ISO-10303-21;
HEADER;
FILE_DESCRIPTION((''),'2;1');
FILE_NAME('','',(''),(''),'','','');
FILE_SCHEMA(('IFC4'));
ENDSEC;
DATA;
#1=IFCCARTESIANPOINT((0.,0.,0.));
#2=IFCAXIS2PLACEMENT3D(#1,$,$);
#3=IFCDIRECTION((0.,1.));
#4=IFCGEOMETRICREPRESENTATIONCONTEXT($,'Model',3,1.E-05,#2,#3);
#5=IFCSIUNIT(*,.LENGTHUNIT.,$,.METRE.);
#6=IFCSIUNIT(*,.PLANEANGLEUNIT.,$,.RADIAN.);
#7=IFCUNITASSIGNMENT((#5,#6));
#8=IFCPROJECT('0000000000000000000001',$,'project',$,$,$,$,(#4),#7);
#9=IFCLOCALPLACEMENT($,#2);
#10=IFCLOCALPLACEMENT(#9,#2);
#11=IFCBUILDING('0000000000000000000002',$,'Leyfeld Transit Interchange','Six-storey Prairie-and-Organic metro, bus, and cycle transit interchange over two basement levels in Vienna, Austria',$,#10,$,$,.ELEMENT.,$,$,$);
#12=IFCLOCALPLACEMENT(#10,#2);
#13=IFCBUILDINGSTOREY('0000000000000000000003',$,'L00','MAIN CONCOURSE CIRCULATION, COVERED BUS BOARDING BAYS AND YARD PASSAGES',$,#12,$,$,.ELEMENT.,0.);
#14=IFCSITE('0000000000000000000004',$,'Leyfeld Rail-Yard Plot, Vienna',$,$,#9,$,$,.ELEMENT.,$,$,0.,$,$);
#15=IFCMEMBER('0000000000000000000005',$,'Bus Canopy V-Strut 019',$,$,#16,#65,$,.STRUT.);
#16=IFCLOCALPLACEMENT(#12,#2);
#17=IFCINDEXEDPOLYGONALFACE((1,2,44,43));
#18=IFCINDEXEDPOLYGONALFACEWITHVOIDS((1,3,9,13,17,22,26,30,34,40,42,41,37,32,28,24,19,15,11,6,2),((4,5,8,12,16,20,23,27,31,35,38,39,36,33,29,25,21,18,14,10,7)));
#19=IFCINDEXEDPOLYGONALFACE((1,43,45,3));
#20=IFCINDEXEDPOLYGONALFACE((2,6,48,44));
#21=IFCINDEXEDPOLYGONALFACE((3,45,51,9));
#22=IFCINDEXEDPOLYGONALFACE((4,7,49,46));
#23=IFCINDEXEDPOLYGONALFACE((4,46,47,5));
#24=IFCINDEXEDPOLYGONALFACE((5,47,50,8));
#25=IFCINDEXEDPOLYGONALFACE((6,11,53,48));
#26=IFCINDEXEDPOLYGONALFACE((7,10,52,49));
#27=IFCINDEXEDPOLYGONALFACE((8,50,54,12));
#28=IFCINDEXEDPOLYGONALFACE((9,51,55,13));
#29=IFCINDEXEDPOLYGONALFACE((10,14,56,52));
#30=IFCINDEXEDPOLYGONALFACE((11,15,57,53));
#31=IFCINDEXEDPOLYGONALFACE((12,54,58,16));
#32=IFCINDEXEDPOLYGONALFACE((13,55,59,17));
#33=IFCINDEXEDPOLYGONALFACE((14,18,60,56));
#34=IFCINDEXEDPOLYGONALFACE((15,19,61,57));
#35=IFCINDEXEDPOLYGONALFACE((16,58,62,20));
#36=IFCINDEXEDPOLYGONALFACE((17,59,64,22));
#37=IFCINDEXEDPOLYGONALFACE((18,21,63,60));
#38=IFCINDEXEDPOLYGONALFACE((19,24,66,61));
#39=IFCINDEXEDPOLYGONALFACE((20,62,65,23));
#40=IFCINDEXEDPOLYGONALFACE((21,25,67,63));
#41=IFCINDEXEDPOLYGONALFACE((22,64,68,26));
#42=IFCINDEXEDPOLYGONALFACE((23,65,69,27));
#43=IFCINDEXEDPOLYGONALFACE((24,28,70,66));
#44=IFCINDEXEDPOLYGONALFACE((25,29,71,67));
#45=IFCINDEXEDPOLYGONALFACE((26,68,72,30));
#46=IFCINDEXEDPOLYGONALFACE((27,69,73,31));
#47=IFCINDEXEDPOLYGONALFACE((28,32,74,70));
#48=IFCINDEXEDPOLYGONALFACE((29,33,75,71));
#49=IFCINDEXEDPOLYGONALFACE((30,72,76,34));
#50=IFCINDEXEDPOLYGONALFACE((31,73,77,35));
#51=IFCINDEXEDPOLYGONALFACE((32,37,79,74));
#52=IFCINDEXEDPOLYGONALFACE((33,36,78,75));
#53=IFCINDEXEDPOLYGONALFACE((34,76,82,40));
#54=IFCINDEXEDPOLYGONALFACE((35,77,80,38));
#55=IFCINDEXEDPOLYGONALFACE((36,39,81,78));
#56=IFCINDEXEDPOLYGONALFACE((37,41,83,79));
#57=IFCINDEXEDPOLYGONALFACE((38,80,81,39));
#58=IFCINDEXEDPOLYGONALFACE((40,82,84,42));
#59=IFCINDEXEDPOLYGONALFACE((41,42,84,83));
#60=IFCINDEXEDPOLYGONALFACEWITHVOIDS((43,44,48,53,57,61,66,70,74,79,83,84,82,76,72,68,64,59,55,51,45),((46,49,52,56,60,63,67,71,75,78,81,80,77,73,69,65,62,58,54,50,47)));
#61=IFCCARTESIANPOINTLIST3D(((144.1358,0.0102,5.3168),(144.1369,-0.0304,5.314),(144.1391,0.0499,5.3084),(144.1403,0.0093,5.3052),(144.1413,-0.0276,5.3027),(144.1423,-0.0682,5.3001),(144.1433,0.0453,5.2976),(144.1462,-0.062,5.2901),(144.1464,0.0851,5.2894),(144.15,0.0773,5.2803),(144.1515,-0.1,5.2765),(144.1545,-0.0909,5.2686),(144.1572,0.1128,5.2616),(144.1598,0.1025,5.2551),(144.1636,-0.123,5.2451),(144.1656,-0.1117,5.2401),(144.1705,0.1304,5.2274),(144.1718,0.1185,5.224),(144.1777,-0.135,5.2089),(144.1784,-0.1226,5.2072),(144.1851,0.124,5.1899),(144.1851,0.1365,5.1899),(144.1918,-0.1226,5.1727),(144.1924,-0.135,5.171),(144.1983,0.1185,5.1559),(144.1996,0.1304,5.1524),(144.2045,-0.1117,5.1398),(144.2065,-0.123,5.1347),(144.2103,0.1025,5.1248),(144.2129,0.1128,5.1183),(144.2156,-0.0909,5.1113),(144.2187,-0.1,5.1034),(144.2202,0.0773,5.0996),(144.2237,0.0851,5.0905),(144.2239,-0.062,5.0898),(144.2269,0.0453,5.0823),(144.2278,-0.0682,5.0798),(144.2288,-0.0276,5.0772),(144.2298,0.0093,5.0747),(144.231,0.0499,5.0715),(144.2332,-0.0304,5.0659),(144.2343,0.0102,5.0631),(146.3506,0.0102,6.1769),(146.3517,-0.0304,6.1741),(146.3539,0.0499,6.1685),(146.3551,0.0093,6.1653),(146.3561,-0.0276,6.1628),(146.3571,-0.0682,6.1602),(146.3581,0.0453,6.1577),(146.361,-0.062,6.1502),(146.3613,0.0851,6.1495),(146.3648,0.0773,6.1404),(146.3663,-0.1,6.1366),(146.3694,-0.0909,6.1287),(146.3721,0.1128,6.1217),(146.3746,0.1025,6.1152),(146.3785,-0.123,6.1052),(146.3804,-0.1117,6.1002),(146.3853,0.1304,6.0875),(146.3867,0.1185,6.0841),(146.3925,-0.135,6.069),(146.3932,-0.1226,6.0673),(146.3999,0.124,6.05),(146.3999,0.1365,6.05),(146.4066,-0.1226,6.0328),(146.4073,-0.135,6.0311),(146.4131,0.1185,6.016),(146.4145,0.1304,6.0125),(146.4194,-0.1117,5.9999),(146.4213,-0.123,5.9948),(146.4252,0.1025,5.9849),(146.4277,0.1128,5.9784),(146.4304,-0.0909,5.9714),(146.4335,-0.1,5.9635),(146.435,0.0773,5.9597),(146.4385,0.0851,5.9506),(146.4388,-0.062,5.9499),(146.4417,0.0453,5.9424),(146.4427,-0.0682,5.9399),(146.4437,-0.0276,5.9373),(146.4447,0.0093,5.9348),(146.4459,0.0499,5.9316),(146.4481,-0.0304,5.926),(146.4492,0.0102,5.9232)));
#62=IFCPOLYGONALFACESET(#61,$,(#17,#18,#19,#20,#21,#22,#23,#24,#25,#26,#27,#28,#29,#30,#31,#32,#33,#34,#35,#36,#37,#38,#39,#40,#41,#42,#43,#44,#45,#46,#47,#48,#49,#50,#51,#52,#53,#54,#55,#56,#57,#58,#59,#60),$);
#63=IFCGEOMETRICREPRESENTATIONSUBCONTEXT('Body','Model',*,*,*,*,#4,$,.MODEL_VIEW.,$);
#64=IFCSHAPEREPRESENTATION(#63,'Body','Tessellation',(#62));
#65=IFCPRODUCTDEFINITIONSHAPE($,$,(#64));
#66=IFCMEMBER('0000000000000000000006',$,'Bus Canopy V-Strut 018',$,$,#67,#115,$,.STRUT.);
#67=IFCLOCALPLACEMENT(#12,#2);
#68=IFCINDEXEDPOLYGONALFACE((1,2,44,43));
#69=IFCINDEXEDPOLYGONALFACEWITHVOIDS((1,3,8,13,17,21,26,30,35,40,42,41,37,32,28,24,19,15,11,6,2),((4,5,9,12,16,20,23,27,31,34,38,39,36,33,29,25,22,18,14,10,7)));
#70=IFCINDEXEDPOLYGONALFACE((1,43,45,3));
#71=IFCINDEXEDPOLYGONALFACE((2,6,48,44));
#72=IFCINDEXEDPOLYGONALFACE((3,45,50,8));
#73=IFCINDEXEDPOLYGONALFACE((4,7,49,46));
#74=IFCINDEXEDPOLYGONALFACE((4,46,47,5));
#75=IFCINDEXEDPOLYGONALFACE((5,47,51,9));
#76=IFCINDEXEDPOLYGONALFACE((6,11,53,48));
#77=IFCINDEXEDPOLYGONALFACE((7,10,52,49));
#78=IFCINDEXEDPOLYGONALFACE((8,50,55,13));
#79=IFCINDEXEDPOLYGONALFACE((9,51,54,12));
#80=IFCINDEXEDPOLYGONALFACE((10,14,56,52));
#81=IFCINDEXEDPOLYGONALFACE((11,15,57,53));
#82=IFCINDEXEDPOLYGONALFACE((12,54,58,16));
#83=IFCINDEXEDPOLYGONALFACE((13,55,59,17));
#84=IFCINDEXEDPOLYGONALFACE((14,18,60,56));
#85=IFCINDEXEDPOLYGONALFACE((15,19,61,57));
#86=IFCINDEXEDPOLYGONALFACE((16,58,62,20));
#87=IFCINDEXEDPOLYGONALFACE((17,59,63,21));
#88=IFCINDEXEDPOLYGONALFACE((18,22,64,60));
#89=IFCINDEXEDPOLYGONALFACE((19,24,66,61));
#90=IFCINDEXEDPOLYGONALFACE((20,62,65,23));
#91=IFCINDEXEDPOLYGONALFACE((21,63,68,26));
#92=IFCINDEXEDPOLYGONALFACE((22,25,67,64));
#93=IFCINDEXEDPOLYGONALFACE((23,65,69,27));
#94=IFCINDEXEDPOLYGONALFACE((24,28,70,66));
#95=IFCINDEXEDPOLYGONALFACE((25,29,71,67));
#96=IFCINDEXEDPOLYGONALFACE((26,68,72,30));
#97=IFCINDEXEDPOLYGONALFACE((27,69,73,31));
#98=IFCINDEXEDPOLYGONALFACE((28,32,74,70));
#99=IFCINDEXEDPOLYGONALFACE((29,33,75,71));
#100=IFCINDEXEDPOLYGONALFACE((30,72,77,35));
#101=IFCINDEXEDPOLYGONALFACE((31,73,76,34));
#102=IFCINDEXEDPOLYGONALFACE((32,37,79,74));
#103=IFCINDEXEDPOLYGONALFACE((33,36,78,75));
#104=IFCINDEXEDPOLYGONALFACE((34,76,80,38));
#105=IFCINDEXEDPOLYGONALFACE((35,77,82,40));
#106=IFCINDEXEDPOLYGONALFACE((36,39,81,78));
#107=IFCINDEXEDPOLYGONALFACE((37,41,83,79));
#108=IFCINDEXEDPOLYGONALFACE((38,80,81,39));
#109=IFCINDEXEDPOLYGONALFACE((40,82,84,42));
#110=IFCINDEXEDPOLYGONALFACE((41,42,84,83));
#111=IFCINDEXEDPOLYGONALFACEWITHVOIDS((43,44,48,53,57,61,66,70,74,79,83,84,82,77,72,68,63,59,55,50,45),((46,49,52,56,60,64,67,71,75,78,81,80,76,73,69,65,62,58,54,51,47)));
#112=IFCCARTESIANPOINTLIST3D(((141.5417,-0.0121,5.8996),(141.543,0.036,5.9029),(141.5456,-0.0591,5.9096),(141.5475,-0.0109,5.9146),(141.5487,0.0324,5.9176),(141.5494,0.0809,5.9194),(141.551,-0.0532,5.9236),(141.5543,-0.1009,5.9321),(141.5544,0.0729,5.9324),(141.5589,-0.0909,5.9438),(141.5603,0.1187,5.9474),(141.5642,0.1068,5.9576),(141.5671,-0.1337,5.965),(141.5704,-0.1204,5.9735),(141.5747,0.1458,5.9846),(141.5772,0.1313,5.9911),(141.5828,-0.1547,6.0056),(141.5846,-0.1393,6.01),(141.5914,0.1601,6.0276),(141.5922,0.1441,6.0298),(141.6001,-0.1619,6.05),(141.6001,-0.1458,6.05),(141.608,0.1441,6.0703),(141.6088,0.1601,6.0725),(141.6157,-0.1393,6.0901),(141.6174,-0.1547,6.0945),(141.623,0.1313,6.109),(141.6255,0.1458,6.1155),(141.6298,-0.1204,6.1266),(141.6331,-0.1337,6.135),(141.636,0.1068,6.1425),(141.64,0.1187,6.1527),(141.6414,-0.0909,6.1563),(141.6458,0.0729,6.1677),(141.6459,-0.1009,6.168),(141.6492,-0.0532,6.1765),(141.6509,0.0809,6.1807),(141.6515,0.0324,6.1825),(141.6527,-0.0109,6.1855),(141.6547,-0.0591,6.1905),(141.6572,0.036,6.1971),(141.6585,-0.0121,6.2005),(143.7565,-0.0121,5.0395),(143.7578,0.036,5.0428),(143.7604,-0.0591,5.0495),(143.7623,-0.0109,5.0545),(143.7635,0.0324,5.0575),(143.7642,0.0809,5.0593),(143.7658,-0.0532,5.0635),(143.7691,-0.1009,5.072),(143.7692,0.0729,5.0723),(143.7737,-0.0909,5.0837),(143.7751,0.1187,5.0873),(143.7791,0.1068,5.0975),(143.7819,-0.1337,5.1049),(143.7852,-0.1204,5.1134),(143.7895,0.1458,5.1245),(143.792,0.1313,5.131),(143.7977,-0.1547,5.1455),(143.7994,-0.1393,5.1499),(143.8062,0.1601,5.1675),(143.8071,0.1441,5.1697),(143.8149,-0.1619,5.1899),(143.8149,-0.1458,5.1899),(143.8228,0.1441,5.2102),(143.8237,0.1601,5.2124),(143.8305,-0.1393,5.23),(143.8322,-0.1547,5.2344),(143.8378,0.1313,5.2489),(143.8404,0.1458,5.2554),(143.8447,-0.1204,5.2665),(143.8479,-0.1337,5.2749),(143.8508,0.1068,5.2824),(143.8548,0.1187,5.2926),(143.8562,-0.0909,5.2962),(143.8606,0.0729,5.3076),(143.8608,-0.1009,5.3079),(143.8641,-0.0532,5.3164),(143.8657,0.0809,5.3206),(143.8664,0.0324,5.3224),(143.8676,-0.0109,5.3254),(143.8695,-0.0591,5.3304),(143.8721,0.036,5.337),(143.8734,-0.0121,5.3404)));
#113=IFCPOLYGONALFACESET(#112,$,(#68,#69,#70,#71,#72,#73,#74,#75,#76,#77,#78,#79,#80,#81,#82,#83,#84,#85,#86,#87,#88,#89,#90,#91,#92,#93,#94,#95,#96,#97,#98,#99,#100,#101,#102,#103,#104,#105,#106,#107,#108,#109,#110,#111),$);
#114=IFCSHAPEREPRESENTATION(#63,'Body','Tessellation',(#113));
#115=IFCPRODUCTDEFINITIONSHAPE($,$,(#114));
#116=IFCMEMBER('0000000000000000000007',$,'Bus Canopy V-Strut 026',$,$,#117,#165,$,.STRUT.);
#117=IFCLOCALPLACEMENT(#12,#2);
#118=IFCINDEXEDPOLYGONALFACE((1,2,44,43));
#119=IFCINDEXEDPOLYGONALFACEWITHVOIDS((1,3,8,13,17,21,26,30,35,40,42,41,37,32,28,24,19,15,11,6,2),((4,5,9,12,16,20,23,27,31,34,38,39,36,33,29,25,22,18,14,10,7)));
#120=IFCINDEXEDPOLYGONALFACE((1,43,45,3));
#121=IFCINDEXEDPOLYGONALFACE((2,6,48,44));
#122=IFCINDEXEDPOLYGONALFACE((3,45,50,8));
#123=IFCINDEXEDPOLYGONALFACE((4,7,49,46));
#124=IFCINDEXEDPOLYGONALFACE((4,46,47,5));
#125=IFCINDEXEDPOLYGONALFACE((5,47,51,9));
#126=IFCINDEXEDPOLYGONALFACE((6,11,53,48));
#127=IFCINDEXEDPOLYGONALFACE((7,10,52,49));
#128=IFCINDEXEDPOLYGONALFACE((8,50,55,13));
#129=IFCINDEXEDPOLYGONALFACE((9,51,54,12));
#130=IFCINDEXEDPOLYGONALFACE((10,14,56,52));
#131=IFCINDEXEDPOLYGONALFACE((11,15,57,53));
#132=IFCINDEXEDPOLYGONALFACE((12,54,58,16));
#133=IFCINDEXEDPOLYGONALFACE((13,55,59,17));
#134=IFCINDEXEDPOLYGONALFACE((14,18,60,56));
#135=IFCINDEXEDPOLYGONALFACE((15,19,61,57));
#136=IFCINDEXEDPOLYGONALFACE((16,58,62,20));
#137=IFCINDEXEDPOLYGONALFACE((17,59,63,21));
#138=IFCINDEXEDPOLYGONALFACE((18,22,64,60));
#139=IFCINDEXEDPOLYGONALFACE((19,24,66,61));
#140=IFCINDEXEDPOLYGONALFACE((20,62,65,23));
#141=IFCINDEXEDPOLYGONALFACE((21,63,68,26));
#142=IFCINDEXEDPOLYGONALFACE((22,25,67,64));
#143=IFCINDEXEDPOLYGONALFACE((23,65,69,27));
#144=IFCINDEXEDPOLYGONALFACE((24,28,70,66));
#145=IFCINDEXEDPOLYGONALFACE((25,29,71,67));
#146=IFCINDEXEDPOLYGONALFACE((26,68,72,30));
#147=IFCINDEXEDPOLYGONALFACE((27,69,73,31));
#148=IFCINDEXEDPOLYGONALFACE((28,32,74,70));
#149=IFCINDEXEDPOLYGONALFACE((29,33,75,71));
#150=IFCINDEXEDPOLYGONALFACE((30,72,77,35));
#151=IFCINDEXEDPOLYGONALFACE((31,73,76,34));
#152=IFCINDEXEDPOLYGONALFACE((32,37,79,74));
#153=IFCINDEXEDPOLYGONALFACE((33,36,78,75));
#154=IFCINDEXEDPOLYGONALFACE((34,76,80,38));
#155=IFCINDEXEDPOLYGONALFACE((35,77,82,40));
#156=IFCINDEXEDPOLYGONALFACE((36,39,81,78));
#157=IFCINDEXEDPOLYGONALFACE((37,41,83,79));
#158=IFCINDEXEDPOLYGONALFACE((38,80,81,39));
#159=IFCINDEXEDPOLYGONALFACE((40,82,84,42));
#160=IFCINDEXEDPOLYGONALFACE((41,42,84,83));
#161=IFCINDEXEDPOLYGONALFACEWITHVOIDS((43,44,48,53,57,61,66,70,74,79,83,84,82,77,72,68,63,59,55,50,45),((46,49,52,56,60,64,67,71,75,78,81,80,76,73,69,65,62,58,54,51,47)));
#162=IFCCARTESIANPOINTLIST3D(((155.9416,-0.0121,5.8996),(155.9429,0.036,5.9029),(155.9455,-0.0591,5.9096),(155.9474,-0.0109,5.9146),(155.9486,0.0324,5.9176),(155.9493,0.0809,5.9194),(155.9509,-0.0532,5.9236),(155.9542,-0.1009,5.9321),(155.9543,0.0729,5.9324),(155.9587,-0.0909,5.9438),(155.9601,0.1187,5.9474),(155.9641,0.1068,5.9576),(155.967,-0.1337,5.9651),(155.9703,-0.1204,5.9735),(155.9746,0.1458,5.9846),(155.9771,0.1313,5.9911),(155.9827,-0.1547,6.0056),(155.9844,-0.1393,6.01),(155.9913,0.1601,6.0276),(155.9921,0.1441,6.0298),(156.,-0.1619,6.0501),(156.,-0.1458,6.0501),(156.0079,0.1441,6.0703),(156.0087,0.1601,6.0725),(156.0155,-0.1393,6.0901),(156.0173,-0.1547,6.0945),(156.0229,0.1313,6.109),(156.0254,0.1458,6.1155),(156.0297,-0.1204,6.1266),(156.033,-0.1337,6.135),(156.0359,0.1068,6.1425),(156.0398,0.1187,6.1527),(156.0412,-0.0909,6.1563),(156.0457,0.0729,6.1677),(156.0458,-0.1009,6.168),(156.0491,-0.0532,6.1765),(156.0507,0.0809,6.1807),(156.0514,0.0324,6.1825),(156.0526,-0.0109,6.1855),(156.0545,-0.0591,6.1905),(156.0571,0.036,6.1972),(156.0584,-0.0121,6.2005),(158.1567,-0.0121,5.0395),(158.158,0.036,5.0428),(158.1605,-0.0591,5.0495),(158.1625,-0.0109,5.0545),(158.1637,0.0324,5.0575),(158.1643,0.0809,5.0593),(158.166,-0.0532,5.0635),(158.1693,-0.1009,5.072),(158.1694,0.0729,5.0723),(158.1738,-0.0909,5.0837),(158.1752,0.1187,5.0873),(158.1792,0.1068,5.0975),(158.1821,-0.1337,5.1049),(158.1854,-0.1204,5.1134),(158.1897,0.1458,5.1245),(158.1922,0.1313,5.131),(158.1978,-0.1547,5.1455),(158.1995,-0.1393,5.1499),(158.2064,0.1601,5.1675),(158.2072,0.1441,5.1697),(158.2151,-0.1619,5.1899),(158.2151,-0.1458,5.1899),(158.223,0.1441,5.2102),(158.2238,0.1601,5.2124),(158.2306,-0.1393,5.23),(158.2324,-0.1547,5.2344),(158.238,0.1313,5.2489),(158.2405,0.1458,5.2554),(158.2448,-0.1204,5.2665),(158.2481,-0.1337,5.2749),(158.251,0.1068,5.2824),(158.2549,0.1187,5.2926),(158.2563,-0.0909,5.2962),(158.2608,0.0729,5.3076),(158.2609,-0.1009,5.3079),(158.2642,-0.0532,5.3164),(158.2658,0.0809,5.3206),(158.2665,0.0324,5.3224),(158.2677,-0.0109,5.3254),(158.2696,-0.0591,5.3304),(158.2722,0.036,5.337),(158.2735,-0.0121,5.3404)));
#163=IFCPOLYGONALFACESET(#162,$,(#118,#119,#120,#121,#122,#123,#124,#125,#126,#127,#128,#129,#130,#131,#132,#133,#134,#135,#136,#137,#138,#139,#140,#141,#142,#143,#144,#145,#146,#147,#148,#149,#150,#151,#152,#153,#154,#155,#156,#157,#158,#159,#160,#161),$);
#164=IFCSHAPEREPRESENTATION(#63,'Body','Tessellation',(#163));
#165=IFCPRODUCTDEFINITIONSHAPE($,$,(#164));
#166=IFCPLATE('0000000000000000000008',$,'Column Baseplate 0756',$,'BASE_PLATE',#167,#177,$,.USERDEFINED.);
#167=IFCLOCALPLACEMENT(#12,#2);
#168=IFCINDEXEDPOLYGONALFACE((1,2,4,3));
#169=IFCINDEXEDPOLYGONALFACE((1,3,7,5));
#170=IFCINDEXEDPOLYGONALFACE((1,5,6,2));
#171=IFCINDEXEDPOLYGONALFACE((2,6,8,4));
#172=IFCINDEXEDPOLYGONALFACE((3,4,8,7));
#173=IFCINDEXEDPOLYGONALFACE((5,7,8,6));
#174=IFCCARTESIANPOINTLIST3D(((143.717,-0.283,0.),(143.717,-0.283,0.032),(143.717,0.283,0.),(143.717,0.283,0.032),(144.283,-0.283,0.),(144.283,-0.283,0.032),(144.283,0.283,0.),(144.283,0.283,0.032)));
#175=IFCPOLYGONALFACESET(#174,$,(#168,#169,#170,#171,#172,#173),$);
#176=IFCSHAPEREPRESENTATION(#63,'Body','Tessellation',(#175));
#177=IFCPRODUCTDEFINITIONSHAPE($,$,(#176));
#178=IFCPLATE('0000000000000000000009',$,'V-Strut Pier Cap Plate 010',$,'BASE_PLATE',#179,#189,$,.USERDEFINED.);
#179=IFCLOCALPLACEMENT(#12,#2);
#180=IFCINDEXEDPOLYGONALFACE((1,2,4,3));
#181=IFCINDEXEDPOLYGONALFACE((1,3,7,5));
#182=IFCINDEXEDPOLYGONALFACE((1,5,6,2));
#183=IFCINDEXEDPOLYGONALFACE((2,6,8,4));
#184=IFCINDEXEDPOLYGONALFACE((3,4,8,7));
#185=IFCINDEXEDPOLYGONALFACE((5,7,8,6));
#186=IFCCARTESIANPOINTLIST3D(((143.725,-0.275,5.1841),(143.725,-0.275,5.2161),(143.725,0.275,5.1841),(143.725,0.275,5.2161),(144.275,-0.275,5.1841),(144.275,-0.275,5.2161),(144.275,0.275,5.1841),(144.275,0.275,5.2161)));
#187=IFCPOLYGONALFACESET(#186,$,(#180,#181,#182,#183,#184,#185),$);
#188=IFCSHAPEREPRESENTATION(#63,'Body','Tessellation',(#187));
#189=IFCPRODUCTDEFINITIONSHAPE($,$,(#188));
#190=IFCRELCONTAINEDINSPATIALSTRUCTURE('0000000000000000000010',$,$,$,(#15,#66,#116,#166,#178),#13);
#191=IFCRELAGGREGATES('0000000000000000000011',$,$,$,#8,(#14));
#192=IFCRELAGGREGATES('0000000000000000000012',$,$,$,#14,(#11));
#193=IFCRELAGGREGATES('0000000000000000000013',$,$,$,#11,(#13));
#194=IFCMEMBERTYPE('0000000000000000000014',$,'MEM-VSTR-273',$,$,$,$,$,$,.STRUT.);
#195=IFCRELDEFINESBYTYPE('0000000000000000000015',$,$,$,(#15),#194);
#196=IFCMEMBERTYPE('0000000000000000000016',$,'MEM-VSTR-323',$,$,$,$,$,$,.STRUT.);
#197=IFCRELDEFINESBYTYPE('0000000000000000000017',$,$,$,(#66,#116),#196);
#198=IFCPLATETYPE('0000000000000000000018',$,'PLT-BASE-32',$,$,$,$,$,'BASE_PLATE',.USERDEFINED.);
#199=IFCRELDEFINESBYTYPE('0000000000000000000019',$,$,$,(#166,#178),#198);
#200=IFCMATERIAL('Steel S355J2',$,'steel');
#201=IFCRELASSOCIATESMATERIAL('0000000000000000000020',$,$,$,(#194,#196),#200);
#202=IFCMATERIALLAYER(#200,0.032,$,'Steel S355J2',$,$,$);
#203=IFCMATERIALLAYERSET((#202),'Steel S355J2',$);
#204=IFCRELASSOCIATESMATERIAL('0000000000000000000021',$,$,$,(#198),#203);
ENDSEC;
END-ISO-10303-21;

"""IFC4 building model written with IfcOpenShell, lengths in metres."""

from ifc_helpers import new_model, si_unit, direction, frame, origin, origin_2d, place, context, subcontext, project, spatial, rectangle, hollow_circle, extrude, material, layer, layer_set, material_profile, profile_set, type_object, element, save


model = new_model("IFC4")

# Units and contexts
model_context = context("Model", 3, precision=1e-05, world=origin(), true_north=direction((0.0, 1.0)))
body_context = subcontext(model_context, "Body", "Model", "MODEL_VIEW")
ifc_project = project(units=[si_unit("LENGTHUNIT", "METRE"), si_unit("PLANEANGLEUNIT", "RADIAN")], contexts=[model_context])

# Site, building, storey
site_placement = place(None, origin())
site = spatial("IfcSite", under=ifc_project, at=site_placement, Name="Leyfeld Rail-Yard Plot, Vienna", CompositionType="ELEMENT", RefElevation=0.0)
building_placement = place(site_placement, origin())
building = spatial("IfcBuilding", under=site, at=building_placement, Name="Leyfeld Transit Interchange", Description="Six-storey Prairie-and-Organic metro, bus, and cycle transit interchange over two basement levels in Vienna, Austria", CompositionType="ELEMENT")
storey_placement = place(building_placement, origin())
storey = spatial("IfcBuildingStorey", under=building, at=storey_placement, Name="L00", Description="MAIN CONCOURSE CIRCULATION, COVERED BUS BOARDING BAYS AND YARD PASSAGES", CompositionType="ELEMENT", Elevation=0.0)

# Shared definitions
ifc_material_1 = material(Name="Steel S355J2", Category="steel")

# Members
ifc_material_profile_1 = material_profile(ifc_material_1, hollow_circle(Radius=0.1365, WallThickness=0.0125, at=origin_2d()), Name="CHS 273x12.5")
ifc_profile_set_1 = profile_set([ifc_material_profile_1], Name="Steel S355J2")
member_type_1 = type_object("IfcMemberType", Name="MEM-VSTR-273", PredefinedType="STRUT", material=ifc_profile_set_1)
member_1_placement = place(storey_placement, frame((144.1851, 0.0, 5.1899), z_axis=(0.932178, 0.0, 0.362), x_axis=(0.0, 1.0, 0.0)))
element("IfcMember", 1, at=member_1_placement, inside=storey, type_object=member_type_1, Name="Bus Canopy V-Strut 019", PredefinedType="STRUT", context=body_context, shape_type="SweptSolid", body=[
    extrude(hollow_circle(Radius=0.1365, WallThickness=0.0125, at=origin_2d()), origin(), (0.0, 0.0, 1.0), 2.376),
])
ifc_material_profile_2 = material_profile(ifc_material_1, hollow_circle(Radius=0.1619, WallThickness=0.0161, at=origin_2d()), Name="CHS 323.9x16")
ifc_profile_set_2 = profile_set([ifc_material_profile_2], Name="Steel S355J2")
member_type_2 = type_object("IfcMemberType", Name="MEM-VSTR-323", PredefinedType="STRUT", material=ifc_profile_set_2)
member_2_placement = place(storey_placement, frame((143.8149, 0.0, 5.1899), z_axis=(-0.932178, 0.0, 0.362), x_axis=(0.0, -1.0, 0.0)))
element("IfcMember", 2, at=member_2_placement, inside=storey, type_object=member_type_2, Name="Bus Canopy V-Strut 018", PredefinedType="STRUT", context=body_context, shape_type="SweptSolid", body=[
    extrude(hollow_circle(Radius=0.1619, WallThickness=0.0161, at=origin_2d()), origin(), (0.0, 0.0, 1.0), 2.376),
])
member_3_placement = place(storey_placement, frame((158.2151, 0.0, 5.1899), z_axis=(-0.932192, 0.0, 0.361965), x_axis=(0.0, -1.0, 0.0)))
element("IfcMember", 3, at=member_3_placement, inside=storey, type_object=member_type_2, Name="Bus Canopy V-Strut 026", PredefinedType="STRUT", context=body_context, shape_type="SweptSolid", body=[
    extrude(hollow_circle(Radius=0.1619, WallThickness=0.0161, at=origin_2d()), origin(), (0.0, 0.0, 1.0), 2.3762),
])

# Plates
ifc_layer_1 = layer(ifc_material_1, 0.032, Name="Steel S355J2")
ifc_layer_set_1 = layer_set([ifc_layer_1], Name="Steel S355J2")
plate_type_1 = type_object("IfcPlateType", Name="PLT-BASE-32", ElementType="BASE_PLATE", PredefinedType="USERDEFINED", material=ifc_layer_set_1)
plate_1_placement = place(storey_placement, frame((144.0, 0.0, 0.0), z_axis=(0.0, 0.0, 1.0), x_axis=(1.0, 0.0, 0.0)))
element("IfcPlate", 4, at=plate_1_placement, inside=storey, type_object=plate_type_1, Name="Column Baseplate 0756", ObjectType="BASE_PLATE", PredefinedType="USERDEFINED", context=body_context, shape_type="SweptSolid", body=[
    extrude(rectangle(XDim=0.5659, YDim=0.5659, at=origin_2d()), origin(), (0.0, 0.0, 1.0), 0.032),
])
plate_2_placement = place(storey_placement, frame((144.0, 0.0, 5.1841), z_axis=(0.0, 0.0, 1.0), x_axis=(1.0, 0.0, 0.0)))
element("IfcPlate", 5, at=plate_2_placement, inside=storey, type_object=plate_type_1, Name="V-Strut Pier Cap Plate 010", ObjectType="BASE_PLATE", PredefinedType="USERDEFINED", context=body_context, shape_type="SweptSolid", body=[
    extrude(rectangle(XDim=0.55, YDim=0.55, at=origin_2d()), origin(), (0.0, 0.0, 1.0), 0.032),
])

save(model, "model.ifc")
